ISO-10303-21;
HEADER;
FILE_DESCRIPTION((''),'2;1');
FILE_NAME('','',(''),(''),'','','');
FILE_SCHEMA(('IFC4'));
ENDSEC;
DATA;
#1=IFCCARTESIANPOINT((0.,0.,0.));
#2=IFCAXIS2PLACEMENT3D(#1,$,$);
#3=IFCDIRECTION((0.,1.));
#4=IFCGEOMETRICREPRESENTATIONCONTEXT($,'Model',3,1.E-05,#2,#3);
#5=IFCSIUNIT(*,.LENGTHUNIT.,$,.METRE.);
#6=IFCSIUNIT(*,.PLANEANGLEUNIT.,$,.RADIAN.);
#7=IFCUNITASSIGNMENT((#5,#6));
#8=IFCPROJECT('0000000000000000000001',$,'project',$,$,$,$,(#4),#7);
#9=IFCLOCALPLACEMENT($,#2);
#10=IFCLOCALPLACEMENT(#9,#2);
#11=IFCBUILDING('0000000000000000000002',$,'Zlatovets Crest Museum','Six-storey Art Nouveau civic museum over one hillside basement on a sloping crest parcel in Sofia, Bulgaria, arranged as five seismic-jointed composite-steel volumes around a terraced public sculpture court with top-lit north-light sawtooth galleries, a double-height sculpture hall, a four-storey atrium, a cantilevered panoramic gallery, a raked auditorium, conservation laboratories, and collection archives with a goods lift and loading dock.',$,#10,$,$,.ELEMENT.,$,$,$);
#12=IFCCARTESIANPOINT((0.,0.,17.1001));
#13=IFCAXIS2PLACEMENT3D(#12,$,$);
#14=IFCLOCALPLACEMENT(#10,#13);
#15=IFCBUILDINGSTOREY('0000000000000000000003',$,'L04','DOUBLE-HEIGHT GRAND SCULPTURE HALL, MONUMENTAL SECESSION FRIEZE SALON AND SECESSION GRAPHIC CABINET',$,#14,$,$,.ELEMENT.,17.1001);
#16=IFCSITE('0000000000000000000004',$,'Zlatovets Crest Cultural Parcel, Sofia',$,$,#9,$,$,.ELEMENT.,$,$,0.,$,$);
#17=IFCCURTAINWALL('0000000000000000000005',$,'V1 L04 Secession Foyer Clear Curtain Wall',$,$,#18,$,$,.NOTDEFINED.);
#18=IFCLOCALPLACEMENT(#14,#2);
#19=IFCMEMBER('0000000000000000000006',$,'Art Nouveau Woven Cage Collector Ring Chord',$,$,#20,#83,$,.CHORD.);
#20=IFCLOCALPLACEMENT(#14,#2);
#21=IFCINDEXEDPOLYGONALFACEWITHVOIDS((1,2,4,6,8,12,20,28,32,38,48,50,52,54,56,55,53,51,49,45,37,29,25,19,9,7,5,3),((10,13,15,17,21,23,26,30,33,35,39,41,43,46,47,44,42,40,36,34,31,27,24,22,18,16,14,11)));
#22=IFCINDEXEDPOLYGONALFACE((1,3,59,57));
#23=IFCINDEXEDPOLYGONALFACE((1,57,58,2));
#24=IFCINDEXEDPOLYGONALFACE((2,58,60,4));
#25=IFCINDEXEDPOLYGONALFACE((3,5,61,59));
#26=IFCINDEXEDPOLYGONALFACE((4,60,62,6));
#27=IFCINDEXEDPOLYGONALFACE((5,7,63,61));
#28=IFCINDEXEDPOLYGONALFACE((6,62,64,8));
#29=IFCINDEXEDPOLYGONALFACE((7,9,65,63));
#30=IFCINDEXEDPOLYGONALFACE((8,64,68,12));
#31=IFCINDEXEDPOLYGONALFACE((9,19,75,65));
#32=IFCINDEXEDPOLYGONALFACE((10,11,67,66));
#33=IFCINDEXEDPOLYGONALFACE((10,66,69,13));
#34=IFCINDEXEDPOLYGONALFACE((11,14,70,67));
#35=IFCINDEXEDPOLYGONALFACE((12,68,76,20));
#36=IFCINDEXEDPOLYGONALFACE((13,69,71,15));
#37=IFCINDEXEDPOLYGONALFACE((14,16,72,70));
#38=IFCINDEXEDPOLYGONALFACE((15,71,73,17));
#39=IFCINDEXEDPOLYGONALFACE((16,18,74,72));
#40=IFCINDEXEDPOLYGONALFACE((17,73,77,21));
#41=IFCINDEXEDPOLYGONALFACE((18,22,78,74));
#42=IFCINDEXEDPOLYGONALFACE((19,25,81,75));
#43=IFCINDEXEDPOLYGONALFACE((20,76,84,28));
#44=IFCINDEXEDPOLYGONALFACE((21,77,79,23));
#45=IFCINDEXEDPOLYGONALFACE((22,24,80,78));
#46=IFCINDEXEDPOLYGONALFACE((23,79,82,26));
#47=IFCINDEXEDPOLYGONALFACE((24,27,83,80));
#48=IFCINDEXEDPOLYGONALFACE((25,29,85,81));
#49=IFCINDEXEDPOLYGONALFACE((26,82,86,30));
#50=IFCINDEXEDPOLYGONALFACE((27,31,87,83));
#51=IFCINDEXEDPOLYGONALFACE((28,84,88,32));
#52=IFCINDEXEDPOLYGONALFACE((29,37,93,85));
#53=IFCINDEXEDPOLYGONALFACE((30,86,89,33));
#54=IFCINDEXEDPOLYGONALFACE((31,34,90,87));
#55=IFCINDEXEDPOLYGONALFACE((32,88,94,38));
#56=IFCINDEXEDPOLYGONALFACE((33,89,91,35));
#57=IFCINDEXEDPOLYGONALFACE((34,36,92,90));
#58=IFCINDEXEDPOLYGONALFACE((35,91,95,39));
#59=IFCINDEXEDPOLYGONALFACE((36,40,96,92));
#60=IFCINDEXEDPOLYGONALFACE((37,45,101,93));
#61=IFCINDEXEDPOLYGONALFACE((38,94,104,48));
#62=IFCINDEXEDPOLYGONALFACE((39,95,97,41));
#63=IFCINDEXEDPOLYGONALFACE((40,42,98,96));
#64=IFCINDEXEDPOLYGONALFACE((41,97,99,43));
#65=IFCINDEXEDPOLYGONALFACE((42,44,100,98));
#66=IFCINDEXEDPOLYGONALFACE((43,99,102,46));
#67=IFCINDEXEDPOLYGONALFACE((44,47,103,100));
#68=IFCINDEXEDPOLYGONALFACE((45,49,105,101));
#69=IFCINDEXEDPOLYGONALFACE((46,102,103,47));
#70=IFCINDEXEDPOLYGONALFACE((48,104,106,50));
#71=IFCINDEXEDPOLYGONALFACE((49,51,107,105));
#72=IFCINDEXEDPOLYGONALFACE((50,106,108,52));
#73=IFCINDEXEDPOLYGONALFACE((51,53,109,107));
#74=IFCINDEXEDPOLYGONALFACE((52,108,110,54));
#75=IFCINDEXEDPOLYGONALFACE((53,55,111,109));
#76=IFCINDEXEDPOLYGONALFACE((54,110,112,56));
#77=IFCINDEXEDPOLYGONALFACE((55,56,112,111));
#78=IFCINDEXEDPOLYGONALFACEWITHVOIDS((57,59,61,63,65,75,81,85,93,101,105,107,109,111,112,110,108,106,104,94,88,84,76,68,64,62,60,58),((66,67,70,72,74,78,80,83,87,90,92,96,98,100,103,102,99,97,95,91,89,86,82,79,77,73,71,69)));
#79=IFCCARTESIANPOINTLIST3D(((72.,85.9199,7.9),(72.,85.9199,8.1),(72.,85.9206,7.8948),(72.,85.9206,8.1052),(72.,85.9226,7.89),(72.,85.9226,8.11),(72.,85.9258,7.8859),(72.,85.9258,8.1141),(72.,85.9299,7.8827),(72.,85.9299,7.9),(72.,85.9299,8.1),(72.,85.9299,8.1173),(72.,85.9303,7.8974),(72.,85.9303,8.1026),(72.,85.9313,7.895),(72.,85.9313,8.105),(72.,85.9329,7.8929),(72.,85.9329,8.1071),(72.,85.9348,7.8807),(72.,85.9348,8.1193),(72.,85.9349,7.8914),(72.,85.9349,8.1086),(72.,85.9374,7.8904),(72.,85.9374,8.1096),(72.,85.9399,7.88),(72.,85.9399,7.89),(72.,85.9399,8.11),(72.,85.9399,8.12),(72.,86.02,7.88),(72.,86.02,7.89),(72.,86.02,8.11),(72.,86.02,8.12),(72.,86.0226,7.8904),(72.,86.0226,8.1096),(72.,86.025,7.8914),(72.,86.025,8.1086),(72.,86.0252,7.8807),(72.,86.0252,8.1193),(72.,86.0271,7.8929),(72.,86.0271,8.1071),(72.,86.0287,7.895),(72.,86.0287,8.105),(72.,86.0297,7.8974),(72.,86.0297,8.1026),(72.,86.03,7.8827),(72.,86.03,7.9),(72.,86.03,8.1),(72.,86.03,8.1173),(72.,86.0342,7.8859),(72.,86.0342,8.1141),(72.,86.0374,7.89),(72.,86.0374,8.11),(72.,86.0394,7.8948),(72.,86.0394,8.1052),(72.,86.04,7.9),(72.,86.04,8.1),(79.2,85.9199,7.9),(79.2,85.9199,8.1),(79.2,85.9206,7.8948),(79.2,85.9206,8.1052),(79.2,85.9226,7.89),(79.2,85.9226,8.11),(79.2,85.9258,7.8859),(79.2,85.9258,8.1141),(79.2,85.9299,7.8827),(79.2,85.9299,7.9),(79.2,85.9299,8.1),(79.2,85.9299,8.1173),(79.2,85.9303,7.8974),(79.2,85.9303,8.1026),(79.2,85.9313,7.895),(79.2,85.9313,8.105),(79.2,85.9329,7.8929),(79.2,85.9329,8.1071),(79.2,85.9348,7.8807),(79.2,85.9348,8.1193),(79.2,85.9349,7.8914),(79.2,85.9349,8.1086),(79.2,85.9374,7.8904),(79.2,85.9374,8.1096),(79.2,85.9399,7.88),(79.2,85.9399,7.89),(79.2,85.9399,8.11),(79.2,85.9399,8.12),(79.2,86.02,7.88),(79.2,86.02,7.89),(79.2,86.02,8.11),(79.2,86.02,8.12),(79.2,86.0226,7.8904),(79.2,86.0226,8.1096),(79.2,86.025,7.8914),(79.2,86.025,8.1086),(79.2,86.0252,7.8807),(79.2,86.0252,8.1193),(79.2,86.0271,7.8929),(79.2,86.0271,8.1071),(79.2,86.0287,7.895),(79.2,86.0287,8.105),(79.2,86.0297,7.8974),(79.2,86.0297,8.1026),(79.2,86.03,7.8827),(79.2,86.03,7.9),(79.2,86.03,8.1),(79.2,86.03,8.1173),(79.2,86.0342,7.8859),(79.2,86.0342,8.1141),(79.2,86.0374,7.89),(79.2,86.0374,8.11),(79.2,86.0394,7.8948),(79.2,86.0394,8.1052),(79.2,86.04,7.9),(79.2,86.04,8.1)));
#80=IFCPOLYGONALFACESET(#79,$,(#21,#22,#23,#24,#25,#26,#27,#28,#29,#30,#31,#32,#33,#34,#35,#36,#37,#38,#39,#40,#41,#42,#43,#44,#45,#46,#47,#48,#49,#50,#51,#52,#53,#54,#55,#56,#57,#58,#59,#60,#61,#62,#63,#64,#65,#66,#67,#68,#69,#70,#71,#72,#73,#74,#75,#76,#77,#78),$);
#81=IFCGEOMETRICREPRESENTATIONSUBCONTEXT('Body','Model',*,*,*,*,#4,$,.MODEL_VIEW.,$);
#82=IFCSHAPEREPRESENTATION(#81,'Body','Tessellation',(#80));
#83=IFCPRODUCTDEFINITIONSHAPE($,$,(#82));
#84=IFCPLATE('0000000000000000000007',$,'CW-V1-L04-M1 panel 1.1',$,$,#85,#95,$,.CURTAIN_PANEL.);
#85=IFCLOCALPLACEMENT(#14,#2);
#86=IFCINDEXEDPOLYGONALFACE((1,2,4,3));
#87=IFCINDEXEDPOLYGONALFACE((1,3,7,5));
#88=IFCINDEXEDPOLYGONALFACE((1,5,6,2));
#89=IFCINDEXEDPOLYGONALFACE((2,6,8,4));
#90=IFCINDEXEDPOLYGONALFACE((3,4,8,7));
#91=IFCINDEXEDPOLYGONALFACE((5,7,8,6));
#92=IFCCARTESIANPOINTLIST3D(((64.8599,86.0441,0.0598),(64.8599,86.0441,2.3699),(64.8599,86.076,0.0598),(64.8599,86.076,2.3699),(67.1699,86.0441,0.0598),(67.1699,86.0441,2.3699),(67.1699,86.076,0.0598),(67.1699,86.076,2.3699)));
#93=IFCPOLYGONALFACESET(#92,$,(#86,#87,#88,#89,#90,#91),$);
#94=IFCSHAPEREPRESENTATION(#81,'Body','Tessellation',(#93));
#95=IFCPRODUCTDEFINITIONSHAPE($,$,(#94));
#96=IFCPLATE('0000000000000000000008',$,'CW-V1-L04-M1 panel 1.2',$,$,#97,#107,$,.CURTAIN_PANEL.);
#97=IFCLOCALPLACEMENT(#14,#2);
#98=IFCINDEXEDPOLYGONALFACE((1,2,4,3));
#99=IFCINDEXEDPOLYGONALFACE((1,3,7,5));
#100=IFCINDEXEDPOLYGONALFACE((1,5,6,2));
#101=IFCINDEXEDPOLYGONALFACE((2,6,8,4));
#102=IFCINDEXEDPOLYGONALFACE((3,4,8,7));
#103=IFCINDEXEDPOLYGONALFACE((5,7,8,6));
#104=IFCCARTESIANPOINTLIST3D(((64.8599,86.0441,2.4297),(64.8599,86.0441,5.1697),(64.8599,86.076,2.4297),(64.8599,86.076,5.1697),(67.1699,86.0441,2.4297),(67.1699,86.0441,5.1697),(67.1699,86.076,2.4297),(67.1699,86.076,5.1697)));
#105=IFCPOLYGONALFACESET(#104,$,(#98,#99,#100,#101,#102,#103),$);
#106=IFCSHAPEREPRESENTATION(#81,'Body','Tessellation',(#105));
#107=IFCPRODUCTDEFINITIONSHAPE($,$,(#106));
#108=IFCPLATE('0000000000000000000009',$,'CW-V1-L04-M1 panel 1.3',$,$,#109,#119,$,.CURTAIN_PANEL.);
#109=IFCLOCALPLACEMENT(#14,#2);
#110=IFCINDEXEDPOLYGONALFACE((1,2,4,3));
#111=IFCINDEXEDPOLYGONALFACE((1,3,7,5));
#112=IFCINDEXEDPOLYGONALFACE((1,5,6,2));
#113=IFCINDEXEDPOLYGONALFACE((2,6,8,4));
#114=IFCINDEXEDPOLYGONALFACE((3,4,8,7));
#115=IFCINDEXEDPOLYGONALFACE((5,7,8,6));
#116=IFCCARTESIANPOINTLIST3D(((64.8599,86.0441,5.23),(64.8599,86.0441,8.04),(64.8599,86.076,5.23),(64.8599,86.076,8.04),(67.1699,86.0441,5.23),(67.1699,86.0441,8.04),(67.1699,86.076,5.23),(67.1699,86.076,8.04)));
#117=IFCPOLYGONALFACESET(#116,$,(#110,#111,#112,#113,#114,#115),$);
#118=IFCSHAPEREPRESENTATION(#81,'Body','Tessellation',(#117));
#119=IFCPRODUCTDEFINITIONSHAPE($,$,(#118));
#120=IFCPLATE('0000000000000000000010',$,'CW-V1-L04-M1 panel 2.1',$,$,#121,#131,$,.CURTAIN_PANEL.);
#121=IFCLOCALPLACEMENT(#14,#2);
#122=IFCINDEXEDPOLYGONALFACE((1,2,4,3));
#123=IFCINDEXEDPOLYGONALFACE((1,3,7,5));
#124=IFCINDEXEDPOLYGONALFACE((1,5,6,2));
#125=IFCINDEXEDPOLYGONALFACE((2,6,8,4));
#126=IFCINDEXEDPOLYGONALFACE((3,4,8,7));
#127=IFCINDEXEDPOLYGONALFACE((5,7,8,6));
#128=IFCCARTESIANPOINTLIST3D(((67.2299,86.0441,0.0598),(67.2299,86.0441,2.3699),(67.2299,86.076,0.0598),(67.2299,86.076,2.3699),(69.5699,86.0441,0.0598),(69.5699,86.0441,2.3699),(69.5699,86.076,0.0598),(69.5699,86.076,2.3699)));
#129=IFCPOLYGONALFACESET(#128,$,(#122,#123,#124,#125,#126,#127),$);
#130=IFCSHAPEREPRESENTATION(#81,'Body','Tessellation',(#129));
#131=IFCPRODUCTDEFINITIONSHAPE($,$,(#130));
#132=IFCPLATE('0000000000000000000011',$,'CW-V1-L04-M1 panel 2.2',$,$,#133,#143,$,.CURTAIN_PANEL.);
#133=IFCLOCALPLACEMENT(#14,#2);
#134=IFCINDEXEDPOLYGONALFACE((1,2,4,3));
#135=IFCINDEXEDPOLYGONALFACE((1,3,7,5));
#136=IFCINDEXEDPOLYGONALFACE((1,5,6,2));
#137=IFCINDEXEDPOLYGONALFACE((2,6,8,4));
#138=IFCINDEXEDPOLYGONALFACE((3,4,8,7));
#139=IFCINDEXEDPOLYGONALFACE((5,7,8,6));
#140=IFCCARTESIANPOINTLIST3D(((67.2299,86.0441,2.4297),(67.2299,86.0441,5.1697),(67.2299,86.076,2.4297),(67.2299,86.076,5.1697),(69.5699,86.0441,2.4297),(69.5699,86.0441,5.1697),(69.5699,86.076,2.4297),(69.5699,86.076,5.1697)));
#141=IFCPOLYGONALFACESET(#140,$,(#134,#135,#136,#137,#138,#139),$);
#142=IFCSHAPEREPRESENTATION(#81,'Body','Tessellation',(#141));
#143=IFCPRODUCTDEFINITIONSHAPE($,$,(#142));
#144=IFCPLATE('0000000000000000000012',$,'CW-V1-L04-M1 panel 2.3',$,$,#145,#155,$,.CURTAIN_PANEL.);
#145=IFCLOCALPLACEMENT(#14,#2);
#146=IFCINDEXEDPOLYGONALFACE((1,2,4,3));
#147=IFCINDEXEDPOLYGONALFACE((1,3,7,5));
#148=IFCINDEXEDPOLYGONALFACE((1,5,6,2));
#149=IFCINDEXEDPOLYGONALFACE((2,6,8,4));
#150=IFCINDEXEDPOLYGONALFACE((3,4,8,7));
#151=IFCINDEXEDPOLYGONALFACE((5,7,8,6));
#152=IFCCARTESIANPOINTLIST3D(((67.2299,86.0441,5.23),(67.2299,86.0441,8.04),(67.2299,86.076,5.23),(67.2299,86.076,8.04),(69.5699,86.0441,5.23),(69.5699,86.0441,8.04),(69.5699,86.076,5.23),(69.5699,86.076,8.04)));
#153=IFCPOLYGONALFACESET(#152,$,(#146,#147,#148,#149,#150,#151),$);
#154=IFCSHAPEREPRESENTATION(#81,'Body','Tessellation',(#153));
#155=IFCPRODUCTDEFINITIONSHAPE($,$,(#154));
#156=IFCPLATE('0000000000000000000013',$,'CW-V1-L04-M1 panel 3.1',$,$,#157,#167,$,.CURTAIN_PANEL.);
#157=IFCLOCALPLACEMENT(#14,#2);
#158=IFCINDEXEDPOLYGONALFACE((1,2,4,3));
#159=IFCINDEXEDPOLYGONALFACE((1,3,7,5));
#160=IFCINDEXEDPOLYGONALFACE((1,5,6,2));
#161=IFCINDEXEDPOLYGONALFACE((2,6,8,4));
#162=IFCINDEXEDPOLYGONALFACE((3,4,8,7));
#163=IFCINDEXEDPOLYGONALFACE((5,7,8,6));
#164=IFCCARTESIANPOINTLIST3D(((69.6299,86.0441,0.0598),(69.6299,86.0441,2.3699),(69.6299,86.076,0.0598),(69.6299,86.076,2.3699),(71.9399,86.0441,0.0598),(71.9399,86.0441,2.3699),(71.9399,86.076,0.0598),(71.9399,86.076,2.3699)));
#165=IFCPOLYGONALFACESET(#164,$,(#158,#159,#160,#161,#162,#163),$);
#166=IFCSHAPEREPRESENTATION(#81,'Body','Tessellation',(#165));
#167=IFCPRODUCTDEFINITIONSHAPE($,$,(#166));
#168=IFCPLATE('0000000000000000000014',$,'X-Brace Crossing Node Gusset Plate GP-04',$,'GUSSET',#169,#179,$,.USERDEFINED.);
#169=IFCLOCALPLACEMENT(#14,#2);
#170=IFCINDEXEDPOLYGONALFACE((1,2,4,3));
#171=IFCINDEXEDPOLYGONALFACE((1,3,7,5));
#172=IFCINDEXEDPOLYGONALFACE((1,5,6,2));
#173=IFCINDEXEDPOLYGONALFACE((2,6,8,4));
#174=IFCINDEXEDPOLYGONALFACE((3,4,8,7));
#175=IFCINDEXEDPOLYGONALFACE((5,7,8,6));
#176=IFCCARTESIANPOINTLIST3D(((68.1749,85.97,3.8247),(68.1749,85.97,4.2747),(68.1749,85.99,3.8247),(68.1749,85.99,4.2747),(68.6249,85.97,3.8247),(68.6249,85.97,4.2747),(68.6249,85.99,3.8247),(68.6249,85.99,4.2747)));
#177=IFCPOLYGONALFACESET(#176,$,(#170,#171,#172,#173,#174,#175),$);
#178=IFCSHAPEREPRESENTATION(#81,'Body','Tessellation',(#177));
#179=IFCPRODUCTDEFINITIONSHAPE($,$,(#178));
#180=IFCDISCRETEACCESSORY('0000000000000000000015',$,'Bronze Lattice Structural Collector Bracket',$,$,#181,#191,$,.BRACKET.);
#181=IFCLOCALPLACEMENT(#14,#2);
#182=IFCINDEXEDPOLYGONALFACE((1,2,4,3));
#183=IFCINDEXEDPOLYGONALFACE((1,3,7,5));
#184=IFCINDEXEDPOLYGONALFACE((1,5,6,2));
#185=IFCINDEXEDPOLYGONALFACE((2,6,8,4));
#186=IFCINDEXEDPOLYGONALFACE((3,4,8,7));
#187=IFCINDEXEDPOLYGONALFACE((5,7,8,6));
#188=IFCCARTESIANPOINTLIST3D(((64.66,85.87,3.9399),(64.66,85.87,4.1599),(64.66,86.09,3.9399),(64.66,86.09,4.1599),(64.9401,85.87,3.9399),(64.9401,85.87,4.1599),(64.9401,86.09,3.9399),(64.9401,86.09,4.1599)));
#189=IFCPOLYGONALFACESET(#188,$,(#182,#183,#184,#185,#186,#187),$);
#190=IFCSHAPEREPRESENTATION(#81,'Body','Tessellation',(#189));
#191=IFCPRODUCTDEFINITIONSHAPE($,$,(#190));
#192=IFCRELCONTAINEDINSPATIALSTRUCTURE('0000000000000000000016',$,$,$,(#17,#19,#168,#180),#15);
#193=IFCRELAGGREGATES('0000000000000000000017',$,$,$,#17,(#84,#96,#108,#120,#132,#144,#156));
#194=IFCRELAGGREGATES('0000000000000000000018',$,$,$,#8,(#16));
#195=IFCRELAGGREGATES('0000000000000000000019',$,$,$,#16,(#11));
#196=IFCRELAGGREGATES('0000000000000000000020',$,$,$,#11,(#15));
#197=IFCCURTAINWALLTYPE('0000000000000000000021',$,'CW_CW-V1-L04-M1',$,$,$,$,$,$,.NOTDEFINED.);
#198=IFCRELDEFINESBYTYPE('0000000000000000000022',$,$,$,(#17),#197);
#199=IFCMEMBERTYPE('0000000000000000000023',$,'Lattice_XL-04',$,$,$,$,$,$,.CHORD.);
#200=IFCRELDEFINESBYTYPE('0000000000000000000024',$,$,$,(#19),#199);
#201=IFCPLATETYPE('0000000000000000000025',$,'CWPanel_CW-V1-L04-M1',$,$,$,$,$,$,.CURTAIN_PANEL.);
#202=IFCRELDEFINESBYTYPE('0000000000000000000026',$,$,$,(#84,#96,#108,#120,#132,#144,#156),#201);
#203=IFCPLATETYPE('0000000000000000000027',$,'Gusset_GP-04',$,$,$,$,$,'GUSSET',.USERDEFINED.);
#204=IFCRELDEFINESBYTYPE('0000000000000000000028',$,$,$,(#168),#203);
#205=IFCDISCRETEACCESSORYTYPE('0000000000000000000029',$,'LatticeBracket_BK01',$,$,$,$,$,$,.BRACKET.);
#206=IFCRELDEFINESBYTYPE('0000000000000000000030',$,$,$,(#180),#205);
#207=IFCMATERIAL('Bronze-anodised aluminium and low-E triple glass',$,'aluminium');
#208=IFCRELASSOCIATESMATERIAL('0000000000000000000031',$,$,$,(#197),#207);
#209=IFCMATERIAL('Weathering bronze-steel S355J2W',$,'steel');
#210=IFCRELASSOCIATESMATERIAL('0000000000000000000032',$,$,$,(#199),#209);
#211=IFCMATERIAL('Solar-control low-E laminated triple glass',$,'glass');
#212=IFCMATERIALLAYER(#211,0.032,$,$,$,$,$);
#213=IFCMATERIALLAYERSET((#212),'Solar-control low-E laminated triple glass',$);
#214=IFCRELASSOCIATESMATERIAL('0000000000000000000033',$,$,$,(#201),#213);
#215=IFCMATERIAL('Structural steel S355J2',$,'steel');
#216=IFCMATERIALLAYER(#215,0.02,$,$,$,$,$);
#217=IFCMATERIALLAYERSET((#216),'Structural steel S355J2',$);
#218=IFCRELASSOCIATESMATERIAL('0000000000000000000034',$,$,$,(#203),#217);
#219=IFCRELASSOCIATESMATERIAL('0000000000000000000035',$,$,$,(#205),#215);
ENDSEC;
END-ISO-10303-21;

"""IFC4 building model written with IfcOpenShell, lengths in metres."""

from ifc_helpers import new_model, si_unit, direction, frame, origin, origin_2d, place, context, subcontext, project, spatial, rectangle, hollow_rectangle, extrude, material, layer, layer_set, material_profile, profile_set, type_object, element, aggregate, save


model = new_model("IFC4")

# Units and contexts
model_context = context("Model", 3, precision=1e-05, world=origin(), true_north=direction((0.0, 1.0)))
body_context = subcontext(model_context, "Body", "Model", "MODEL_VIEW")
ifc_project = project(units=[si_unit("LENGTHUNIT", "METRE"), si_unit("PLANEANGLEUNIT", "RADIAN")], contexts=[model_context])

# Site, building, storey
site_placement = place(None, origin())
site = spatial("IfcSite", under=ifc_project, at=site_placement, Name="Zlatovets Crest Cultural Parcel, Sofia", CompositionType="ELEMENT", RefElevation=0.0)
building_placement = place(site_placement, origin())
building = spatial("IfcBuilding", under=site, at=building_placement, Name="Zlatovets Crest Museum", Description="Six-storey Art Nouveau civic museum over one hillside basement on a sloping crest parcel in Sofia, Bulgaria, arranged as five seismic-jointed composite-steel volumes around a terraced public sculpture court with top-lit north-light sawtooth galleries, a double-height sculpture hall, a four-storey atrium, a cantilevered panoramic gallery, a raked auditorium, conservation laboratories, and collection archives with a goods lift and loading dock.", CompositionType="ELEMENT")
storey_placement = place(building_placement, frame((0.0, 0.0, 17.1001)))
storey = spatial("IfcBuildingStorey", under=building, at=storey_placement, Name="L04", Description="DOUBLE-HEIGHT GRAND SCULPTURE HALL, MONUMENTAL SECESSION FRIEZE SALON AND SECESSION GRAPHIC CABINET", CompositionType="ELEMENT", Elevation=17.1001)

# Shared definitions
ifc_material_1 = material(Name="Bronze-anodised aluminium and low-E triple glass", Category="aluminium")

# Curtain wall
curtain_wall_type_1 = type_object("IfcCurtainWallType", Name="CW_CW-V1-L04-M1", PredefinedType="NOTDEFINED", material=ifc_material_1)
curtain_wall_1_placement = place(storey_placement, origin())
curtain_wall_1 = element("IfcCurtainWall", 1, at=curtain_wall_1_placement, inside=storey, type_object=curtain_wall_type_1, Name="V1 L04 Secession Foyer Clear Curtain Wall", PredefinedType="NOTDEFINED")

# Member
ifc_material_2 = material(Name="Weathering bronze-steel S355J2W", Category="steel")
ifc_material_profile_1 = material_profile(ifc_material_2, hollow_rectangle(XDim=0.1201, YDim=0.24, WallThickness=0.01, InnerFilletRadius=0.01, OuterFilletRadius=0.02, at=origin_2d()), Name="RHS 120x240x10.0")
ifc_profile_set_1 = profile_set([ifc_material_profile_1], Name="Weathering bronze-steel S355J2W")
member_type_1 = type_object("IfcMemberType", Name="Lattice_XL-04", PredefinedType="CHORD", material=ifc_profile_set_1)
for number, where, z_axis, x_axis, name in (
    (2, (72.0, 85.98, 8.0), (1.0, 0.0, 0.0), (0.0, 1.0, 0.0), "Art Nouveau Woven Cage Collector Ring Chord"),
):
    element("IfcMember", number, at=place(storey_placement, frame(where, z_axis=z_axis, x_axis=x_axis)), inside=storey, type_object=member_type_1, Name=name, PredefinedType="CHORD", context=body_context, shape_type="SweptSolid", body=[
        extrude(hollow_rectangle(XDim=0.1201, YDim=0.24, WallThickness=0.01, InnerFilletRadius=0.01, OuterFilletRadius=0.02, at=origin_2d()), origin(), (0.0, 0.0, 1.0), 7.2),
    ])

# Plates
ifc_material_3 = material(Name="Solar-control low-E laminated triple glass", Category="glass")
ifc_layer_1 = layer(ifc_material_3, 0.032)
ifc_layer_set_1 = layer_set([ifc_layer_1], Name="Solar-control low-E laminated triple glass")
plate_type_1 = type_object("IfcPlateType", Name="CWPanel_CW-V1-L04-M1", PredefinedType="CURTAIN_PANEL", material=ifc_layer_set_1)
plate_1_placement = place(storey_placement, frame((66.0149, 86.0601, 0.0598), z_axis=(0.0, 0.0, 1.0), x_axis=(1.0, 0.0, 0.0)))
plate_1 = element("IfcPlate", 3, at=plate_1_placement, type_object=plate_type_1, Name="CW-V1-L04-M1 panel 1.1", PredefinedType="CURTAIN_PANEL", context=body_context, shape_type="SweptSolid", body=[
    extrude(rectangle(XDim=2.3101, YDim=0.032, at=origin_2d()), origin(), (0.0, 0.0, 1.0), 2.3101),
])
plate_2_placement = place(storey_placement, frame((66.0149, 86.0601, 2.4297), z_axis=(0.0, 0.0, 1.0), x_axis=(1.0, 0.0, 0.0)))
plate_2 = element("IfcPlate", 4, at=plate_2_placement, type_object=plate_type_1, Name="CW-V1-L04-M1 panel 1.2", PredefinedType="CURTAIN_PANEL", context=body_context, shape_type="SweptSolid", body=[
    extrude(rectangle(XDim=2.3101, YDim=0.032, at=origin_2d()), origin(), (0.0, 0.0, 1.0), 2.74),
])
plate_3_placement = place(storey_placement, frame((66.0149, 86.0601, 5.23), z_axis=(0.0, 0.0, 1.0), x_axis=(1.0, 0.0, 0.0)))
plate_3 = element("IfcPlate", 5, at=plate_3_placement, type_object=plate_type_1, Name="CW-V1-L04-M1 panel 1.3", PredefinedType="CURTAIN_PANEL", context=body_context, shape_type="SweptSolid", body=[
    extrude(rectangle(XDim=2.3101, YDim=0.032, at=origin_2d()), origin(), (0.0, 0.0, 1.0), 2.8101),
])
plate_4_placement = place(storey_placement, frame((68.3999, 86.0601, 0.0598), z_axis=(0.0, 0.0, 1.0), x_axis=(1.0, 0.0, 0.0)))
plate_4 = element("IfcPlate", 6, at=plate_4_placement, type_object=plate_type_1, Name="CW-V1-L04-M1 panel 2.1", PredefinedType="CURTAIN_PANEL", context=body_context, shape_type="SweptSolid", body=[
    extrude(rectangle(XDim=2.3401, YDim=0.032, at=origin_2d()), origin(), (0.0, 0.0, 1.0), 2.3101),
])
plate_5_placement = place(storey_placement, frame((68.3999, 86.0601, 2.4297), z_axis=(0.0, 0.0, 1.0), x_axis=(1.0, 0.0, 0.0)))
plate_5 = element("IfcPlate", 7, at=plate_5_placement, type_object=plate_type_1, Name="CW-V1-L04-M1 panel 2.2", PredefinedType="CURTAIN_PANEL", context=body_context, shape_type="SweptSolid", body=[
    extrude(rectangle(XDim=2.3401, YDim=0.032, at=origin_2d()), origin(), (0.0, 0.0, 1.0), 2.74),
])
plate_6_placement = place(storey_placement, frame((68.3999, 86.0601, 5.23), z_axis=(0.0, 0.0, 1.0), x_axis=(1.0, 0.0, 0.0)))
plate_6 = element("IfcPlate", 8, at=plate_6_placement, type_object=plate_type_1, Name="CW-V1-L04-M1 panel 2.3", PredefinedType="CURTAIN_PANEL", context=body_context, shape_type="SweptSolid", body=[
    extrude(rectangle(XDim=2.3401, YDim=0.032, at=origin_2d()), origin(), (0.0, 0.0, 1.0), 2.8101),
])
plate_7_placement = place(storey_placement, frame((70.7849, 86.0601, 0.0598), z_axis=(0.0, 0.0, 1.0), x_axis=(1.0, 0.0, 0.0)))
plate_7 = element("IfcPlate", 9, at=plate_7_placement, type_object=plate_type_1, Name="CW-V1-L04-M1 panel 3.1", PredefinedType="CURTAIN_PANEL", context=body_context, shape_type="SweptSolid", body=[
    extrude(rectangle(XDim=2.3101, YDim=0.032, at=origin_2d()), origin(), (0.0, 0.0, 1.0), 2.3101),
])
aggregate(curtain_wall_1, [plate_1, plate_2, plate_3, plate_4, plate_5, plate_6, plate_7])
ifc_material_4 = material(Name="Structural steel S355J2", Category="steel")
ifc_layer_2 = layer(ifc_material_4, 0.02)
ifc_layer_set_2 = layer_set([ifc_layer_2], Name="Structural steel S355J2")
plate_type_2 = type_object("IfcPlateType", Name="Gusset_GP-04", ElementType="GUSSET", PredefinedType="USERDEFINED", material=ifc_layer_set_2)
plate_8_placement = place(storey_placement, frame((68.3999, 85.98, 3.8247), z_axis=(0.0, 0.0, 1.0), x_axis=(1.0, 0.0, 0.0)))
element("IfcPlate", 10, at=plate_8_placement, inside=storey, type_object=plate_type_2, Name="X-Brace Crossing Node Gusset Plate GP-04", ObjectType="GUSSET", PredefinedType="USERDEFINED", context=body_context, shape_type="SweptSolid", body=[
    extrude(rectangle(XDim=0.45, YDim=0.02, at=origin_2d()), origin(), (0.0, 0.0, 1.0), 0.45),
])

# Discrete accessory
discrete_accessory_type = type_object("IfcDiscreteAccessoryType", Name="LatticeBracket_BK01", PredefinedType="BRACKET", material=ifc_material_4)
for number, where, z_axis, x_axis, name in (
    (11, (64.8, 85.98, 3.9399), (0.0, 0.0, 1.0), (1.0, 0.0, 0.0), "Bronze Lattice Structural Collector Bracket"),
):
    element("IfcDiscreteAccessory", number, at=place(storey_placement, frame(where, z_axis=z_axis, x_axis=x_axis)), inside=storey, type_object=discrete_accessory_type, Name=name, PredefinedType="BRACKET", context=body_context, shape_type="SweptSolid", body=[
        extrude(rectangle(XDim=0.28, YDim=0.22, at=origin_2d()), origin(), (0.0, 0.0, 1.0), 0.22),
    ])

save(model, "model.ifc")
